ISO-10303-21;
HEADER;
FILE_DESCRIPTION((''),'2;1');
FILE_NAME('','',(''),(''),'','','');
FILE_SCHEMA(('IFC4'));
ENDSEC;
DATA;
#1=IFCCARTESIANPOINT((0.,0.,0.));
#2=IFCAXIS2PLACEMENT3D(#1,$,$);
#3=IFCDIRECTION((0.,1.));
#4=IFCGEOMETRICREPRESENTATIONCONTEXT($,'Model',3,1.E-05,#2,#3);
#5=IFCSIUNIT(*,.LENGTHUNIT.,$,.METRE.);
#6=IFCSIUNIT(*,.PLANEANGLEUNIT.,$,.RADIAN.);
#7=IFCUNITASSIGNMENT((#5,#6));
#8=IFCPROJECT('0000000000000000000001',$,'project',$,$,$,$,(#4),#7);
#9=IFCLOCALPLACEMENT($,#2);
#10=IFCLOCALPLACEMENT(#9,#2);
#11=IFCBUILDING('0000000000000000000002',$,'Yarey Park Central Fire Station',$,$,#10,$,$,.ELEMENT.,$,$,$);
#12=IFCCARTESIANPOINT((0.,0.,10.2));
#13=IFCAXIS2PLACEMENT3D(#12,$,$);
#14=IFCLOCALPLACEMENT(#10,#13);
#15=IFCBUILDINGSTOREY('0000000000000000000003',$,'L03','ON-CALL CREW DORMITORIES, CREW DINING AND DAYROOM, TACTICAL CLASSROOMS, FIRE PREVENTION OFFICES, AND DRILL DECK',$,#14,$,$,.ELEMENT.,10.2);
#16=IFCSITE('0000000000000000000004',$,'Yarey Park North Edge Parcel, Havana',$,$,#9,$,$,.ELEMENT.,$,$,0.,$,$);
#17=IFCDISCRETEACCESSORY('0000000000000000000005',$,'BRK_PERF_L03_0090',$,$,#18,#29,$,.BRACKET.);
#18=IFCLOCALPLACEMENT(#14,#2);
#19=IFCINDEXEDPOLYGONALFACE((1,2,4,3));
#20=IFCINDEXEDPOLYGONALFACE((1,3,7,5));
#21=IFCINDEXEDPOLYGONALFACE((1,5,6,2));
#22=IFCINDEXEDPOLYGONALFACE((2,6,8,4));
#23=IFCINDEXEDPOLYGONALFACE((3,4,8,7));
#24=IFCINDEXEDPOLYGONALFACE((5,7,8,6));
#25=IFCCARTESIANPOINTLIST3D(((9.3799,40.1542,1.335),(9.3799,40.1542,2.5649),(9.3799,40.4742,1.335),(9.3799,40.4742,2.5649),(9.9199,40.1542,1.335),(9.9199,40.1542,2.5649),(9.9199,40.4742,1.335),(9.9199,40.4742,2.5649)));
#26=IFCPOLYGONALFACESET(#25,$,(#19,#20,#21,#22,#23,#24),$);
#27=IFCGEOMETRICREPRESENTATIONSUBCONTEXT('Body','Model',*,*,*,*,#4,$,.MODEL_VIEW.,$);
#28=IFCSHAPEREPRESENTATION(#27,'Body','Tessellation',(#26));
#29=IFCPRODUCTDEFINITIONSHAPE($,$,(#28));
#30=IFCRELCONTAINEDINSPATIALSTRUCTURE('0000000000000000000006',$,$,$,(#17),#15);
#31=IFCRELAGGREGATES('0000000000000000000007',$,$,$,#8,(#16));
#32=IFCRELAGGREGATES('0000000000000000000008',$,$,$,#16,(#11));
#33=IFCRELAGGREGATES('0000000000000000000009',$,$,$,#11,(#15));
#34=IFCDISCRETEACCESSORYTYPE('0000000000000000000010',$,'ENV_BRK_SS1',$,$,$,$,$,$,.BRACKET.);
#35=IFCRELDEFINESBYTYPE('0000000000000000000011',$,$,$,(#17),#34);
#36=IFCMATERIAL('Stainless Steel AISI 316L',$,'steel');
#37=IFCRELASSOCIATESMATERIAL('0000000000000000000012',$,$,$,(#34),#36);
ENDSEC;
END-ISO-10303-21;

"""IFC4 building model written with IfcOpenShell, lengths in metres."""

from ifc_helpers import new_model, si_unit, direction, frame, origin, origin_2d, place, context, subcontext, project, spatial, rectangle, extrude, material, type_object, element, save


model = new_model("IFC4")

# Units and contexts
model_context = context("Model", 3, precision=1e-05, world=origin(), true_north=direction((0.0, 1.0)))
body_context = subcontext(model_context, "Body", "Model", "MODEL_VIEW")
ifc_project = project(units=[si_unit("LENGTHUNIT", "METRE"), si_unit("PLANEANGLEUNIT", "RADIAN")], contexts=[model_context])

# Site, building, storey
site_placement = place(None, origin())
site = spatial("IfcSite", under=ifc_project, at=site_placement, Name="Yarey Park North Edge Parcel, Havana", CompositionType="ELEMENT", RefElevation=0.0)
building_placement = place(site_placement, origin())
building = spatial("IfcBuilding", under=site, at=building_placement, Name="Yarey Park Central Fire Station", CompositionType="ELEMENT")
storey_placement = place(building_placement, frame((0.0, 0.0, 10.2)))
storey = spatial("IfcBuildingStorey", under=building, at=storey_placement, Name="L03", Description="ON-CALL CREW DORMITORIES, CREW DINING AND DAYROOM, TACTICAL CLASSROOMS, FIRE PREVENTION OFFICES, AND DRILL DECK", CompositionType="ELEMENT", Elevation=10.2)

# Discrete accessory
ifc_material_1 = material(Name="Stainless Steel AISI 316L", Category="steel")
discrete_accessory_type = type_object("IfcDiscreteAccessoryType", Name="ENV_BRK_SS1", PredefinedType="BRACKET", material=ifc_material_1)
discrete_accessory_1_placement = place(storey_placement, frame((9.6499, 40.3142, 1.335), z_axis=(0.0, 0.0, 1.0), x_axis=(1.0, 0.0, 0.0)))
element("IfcDiscreteAccessory", 1, at=discrete_accessory_1_placement, inside=storey, type_object=discrete_accessory_type, Name="BRK_PERF_L03_0090", PredefinedType="BRACKET", context=body_context, shape_type="SweptSolid", body=[
    extrude(rectangle(XDim=0.54, YDim=0.3201, at=origin_2d()), origin(), (0.0, 0.0, 1.0), 1.23),
])

save(model, "model.ifc")
